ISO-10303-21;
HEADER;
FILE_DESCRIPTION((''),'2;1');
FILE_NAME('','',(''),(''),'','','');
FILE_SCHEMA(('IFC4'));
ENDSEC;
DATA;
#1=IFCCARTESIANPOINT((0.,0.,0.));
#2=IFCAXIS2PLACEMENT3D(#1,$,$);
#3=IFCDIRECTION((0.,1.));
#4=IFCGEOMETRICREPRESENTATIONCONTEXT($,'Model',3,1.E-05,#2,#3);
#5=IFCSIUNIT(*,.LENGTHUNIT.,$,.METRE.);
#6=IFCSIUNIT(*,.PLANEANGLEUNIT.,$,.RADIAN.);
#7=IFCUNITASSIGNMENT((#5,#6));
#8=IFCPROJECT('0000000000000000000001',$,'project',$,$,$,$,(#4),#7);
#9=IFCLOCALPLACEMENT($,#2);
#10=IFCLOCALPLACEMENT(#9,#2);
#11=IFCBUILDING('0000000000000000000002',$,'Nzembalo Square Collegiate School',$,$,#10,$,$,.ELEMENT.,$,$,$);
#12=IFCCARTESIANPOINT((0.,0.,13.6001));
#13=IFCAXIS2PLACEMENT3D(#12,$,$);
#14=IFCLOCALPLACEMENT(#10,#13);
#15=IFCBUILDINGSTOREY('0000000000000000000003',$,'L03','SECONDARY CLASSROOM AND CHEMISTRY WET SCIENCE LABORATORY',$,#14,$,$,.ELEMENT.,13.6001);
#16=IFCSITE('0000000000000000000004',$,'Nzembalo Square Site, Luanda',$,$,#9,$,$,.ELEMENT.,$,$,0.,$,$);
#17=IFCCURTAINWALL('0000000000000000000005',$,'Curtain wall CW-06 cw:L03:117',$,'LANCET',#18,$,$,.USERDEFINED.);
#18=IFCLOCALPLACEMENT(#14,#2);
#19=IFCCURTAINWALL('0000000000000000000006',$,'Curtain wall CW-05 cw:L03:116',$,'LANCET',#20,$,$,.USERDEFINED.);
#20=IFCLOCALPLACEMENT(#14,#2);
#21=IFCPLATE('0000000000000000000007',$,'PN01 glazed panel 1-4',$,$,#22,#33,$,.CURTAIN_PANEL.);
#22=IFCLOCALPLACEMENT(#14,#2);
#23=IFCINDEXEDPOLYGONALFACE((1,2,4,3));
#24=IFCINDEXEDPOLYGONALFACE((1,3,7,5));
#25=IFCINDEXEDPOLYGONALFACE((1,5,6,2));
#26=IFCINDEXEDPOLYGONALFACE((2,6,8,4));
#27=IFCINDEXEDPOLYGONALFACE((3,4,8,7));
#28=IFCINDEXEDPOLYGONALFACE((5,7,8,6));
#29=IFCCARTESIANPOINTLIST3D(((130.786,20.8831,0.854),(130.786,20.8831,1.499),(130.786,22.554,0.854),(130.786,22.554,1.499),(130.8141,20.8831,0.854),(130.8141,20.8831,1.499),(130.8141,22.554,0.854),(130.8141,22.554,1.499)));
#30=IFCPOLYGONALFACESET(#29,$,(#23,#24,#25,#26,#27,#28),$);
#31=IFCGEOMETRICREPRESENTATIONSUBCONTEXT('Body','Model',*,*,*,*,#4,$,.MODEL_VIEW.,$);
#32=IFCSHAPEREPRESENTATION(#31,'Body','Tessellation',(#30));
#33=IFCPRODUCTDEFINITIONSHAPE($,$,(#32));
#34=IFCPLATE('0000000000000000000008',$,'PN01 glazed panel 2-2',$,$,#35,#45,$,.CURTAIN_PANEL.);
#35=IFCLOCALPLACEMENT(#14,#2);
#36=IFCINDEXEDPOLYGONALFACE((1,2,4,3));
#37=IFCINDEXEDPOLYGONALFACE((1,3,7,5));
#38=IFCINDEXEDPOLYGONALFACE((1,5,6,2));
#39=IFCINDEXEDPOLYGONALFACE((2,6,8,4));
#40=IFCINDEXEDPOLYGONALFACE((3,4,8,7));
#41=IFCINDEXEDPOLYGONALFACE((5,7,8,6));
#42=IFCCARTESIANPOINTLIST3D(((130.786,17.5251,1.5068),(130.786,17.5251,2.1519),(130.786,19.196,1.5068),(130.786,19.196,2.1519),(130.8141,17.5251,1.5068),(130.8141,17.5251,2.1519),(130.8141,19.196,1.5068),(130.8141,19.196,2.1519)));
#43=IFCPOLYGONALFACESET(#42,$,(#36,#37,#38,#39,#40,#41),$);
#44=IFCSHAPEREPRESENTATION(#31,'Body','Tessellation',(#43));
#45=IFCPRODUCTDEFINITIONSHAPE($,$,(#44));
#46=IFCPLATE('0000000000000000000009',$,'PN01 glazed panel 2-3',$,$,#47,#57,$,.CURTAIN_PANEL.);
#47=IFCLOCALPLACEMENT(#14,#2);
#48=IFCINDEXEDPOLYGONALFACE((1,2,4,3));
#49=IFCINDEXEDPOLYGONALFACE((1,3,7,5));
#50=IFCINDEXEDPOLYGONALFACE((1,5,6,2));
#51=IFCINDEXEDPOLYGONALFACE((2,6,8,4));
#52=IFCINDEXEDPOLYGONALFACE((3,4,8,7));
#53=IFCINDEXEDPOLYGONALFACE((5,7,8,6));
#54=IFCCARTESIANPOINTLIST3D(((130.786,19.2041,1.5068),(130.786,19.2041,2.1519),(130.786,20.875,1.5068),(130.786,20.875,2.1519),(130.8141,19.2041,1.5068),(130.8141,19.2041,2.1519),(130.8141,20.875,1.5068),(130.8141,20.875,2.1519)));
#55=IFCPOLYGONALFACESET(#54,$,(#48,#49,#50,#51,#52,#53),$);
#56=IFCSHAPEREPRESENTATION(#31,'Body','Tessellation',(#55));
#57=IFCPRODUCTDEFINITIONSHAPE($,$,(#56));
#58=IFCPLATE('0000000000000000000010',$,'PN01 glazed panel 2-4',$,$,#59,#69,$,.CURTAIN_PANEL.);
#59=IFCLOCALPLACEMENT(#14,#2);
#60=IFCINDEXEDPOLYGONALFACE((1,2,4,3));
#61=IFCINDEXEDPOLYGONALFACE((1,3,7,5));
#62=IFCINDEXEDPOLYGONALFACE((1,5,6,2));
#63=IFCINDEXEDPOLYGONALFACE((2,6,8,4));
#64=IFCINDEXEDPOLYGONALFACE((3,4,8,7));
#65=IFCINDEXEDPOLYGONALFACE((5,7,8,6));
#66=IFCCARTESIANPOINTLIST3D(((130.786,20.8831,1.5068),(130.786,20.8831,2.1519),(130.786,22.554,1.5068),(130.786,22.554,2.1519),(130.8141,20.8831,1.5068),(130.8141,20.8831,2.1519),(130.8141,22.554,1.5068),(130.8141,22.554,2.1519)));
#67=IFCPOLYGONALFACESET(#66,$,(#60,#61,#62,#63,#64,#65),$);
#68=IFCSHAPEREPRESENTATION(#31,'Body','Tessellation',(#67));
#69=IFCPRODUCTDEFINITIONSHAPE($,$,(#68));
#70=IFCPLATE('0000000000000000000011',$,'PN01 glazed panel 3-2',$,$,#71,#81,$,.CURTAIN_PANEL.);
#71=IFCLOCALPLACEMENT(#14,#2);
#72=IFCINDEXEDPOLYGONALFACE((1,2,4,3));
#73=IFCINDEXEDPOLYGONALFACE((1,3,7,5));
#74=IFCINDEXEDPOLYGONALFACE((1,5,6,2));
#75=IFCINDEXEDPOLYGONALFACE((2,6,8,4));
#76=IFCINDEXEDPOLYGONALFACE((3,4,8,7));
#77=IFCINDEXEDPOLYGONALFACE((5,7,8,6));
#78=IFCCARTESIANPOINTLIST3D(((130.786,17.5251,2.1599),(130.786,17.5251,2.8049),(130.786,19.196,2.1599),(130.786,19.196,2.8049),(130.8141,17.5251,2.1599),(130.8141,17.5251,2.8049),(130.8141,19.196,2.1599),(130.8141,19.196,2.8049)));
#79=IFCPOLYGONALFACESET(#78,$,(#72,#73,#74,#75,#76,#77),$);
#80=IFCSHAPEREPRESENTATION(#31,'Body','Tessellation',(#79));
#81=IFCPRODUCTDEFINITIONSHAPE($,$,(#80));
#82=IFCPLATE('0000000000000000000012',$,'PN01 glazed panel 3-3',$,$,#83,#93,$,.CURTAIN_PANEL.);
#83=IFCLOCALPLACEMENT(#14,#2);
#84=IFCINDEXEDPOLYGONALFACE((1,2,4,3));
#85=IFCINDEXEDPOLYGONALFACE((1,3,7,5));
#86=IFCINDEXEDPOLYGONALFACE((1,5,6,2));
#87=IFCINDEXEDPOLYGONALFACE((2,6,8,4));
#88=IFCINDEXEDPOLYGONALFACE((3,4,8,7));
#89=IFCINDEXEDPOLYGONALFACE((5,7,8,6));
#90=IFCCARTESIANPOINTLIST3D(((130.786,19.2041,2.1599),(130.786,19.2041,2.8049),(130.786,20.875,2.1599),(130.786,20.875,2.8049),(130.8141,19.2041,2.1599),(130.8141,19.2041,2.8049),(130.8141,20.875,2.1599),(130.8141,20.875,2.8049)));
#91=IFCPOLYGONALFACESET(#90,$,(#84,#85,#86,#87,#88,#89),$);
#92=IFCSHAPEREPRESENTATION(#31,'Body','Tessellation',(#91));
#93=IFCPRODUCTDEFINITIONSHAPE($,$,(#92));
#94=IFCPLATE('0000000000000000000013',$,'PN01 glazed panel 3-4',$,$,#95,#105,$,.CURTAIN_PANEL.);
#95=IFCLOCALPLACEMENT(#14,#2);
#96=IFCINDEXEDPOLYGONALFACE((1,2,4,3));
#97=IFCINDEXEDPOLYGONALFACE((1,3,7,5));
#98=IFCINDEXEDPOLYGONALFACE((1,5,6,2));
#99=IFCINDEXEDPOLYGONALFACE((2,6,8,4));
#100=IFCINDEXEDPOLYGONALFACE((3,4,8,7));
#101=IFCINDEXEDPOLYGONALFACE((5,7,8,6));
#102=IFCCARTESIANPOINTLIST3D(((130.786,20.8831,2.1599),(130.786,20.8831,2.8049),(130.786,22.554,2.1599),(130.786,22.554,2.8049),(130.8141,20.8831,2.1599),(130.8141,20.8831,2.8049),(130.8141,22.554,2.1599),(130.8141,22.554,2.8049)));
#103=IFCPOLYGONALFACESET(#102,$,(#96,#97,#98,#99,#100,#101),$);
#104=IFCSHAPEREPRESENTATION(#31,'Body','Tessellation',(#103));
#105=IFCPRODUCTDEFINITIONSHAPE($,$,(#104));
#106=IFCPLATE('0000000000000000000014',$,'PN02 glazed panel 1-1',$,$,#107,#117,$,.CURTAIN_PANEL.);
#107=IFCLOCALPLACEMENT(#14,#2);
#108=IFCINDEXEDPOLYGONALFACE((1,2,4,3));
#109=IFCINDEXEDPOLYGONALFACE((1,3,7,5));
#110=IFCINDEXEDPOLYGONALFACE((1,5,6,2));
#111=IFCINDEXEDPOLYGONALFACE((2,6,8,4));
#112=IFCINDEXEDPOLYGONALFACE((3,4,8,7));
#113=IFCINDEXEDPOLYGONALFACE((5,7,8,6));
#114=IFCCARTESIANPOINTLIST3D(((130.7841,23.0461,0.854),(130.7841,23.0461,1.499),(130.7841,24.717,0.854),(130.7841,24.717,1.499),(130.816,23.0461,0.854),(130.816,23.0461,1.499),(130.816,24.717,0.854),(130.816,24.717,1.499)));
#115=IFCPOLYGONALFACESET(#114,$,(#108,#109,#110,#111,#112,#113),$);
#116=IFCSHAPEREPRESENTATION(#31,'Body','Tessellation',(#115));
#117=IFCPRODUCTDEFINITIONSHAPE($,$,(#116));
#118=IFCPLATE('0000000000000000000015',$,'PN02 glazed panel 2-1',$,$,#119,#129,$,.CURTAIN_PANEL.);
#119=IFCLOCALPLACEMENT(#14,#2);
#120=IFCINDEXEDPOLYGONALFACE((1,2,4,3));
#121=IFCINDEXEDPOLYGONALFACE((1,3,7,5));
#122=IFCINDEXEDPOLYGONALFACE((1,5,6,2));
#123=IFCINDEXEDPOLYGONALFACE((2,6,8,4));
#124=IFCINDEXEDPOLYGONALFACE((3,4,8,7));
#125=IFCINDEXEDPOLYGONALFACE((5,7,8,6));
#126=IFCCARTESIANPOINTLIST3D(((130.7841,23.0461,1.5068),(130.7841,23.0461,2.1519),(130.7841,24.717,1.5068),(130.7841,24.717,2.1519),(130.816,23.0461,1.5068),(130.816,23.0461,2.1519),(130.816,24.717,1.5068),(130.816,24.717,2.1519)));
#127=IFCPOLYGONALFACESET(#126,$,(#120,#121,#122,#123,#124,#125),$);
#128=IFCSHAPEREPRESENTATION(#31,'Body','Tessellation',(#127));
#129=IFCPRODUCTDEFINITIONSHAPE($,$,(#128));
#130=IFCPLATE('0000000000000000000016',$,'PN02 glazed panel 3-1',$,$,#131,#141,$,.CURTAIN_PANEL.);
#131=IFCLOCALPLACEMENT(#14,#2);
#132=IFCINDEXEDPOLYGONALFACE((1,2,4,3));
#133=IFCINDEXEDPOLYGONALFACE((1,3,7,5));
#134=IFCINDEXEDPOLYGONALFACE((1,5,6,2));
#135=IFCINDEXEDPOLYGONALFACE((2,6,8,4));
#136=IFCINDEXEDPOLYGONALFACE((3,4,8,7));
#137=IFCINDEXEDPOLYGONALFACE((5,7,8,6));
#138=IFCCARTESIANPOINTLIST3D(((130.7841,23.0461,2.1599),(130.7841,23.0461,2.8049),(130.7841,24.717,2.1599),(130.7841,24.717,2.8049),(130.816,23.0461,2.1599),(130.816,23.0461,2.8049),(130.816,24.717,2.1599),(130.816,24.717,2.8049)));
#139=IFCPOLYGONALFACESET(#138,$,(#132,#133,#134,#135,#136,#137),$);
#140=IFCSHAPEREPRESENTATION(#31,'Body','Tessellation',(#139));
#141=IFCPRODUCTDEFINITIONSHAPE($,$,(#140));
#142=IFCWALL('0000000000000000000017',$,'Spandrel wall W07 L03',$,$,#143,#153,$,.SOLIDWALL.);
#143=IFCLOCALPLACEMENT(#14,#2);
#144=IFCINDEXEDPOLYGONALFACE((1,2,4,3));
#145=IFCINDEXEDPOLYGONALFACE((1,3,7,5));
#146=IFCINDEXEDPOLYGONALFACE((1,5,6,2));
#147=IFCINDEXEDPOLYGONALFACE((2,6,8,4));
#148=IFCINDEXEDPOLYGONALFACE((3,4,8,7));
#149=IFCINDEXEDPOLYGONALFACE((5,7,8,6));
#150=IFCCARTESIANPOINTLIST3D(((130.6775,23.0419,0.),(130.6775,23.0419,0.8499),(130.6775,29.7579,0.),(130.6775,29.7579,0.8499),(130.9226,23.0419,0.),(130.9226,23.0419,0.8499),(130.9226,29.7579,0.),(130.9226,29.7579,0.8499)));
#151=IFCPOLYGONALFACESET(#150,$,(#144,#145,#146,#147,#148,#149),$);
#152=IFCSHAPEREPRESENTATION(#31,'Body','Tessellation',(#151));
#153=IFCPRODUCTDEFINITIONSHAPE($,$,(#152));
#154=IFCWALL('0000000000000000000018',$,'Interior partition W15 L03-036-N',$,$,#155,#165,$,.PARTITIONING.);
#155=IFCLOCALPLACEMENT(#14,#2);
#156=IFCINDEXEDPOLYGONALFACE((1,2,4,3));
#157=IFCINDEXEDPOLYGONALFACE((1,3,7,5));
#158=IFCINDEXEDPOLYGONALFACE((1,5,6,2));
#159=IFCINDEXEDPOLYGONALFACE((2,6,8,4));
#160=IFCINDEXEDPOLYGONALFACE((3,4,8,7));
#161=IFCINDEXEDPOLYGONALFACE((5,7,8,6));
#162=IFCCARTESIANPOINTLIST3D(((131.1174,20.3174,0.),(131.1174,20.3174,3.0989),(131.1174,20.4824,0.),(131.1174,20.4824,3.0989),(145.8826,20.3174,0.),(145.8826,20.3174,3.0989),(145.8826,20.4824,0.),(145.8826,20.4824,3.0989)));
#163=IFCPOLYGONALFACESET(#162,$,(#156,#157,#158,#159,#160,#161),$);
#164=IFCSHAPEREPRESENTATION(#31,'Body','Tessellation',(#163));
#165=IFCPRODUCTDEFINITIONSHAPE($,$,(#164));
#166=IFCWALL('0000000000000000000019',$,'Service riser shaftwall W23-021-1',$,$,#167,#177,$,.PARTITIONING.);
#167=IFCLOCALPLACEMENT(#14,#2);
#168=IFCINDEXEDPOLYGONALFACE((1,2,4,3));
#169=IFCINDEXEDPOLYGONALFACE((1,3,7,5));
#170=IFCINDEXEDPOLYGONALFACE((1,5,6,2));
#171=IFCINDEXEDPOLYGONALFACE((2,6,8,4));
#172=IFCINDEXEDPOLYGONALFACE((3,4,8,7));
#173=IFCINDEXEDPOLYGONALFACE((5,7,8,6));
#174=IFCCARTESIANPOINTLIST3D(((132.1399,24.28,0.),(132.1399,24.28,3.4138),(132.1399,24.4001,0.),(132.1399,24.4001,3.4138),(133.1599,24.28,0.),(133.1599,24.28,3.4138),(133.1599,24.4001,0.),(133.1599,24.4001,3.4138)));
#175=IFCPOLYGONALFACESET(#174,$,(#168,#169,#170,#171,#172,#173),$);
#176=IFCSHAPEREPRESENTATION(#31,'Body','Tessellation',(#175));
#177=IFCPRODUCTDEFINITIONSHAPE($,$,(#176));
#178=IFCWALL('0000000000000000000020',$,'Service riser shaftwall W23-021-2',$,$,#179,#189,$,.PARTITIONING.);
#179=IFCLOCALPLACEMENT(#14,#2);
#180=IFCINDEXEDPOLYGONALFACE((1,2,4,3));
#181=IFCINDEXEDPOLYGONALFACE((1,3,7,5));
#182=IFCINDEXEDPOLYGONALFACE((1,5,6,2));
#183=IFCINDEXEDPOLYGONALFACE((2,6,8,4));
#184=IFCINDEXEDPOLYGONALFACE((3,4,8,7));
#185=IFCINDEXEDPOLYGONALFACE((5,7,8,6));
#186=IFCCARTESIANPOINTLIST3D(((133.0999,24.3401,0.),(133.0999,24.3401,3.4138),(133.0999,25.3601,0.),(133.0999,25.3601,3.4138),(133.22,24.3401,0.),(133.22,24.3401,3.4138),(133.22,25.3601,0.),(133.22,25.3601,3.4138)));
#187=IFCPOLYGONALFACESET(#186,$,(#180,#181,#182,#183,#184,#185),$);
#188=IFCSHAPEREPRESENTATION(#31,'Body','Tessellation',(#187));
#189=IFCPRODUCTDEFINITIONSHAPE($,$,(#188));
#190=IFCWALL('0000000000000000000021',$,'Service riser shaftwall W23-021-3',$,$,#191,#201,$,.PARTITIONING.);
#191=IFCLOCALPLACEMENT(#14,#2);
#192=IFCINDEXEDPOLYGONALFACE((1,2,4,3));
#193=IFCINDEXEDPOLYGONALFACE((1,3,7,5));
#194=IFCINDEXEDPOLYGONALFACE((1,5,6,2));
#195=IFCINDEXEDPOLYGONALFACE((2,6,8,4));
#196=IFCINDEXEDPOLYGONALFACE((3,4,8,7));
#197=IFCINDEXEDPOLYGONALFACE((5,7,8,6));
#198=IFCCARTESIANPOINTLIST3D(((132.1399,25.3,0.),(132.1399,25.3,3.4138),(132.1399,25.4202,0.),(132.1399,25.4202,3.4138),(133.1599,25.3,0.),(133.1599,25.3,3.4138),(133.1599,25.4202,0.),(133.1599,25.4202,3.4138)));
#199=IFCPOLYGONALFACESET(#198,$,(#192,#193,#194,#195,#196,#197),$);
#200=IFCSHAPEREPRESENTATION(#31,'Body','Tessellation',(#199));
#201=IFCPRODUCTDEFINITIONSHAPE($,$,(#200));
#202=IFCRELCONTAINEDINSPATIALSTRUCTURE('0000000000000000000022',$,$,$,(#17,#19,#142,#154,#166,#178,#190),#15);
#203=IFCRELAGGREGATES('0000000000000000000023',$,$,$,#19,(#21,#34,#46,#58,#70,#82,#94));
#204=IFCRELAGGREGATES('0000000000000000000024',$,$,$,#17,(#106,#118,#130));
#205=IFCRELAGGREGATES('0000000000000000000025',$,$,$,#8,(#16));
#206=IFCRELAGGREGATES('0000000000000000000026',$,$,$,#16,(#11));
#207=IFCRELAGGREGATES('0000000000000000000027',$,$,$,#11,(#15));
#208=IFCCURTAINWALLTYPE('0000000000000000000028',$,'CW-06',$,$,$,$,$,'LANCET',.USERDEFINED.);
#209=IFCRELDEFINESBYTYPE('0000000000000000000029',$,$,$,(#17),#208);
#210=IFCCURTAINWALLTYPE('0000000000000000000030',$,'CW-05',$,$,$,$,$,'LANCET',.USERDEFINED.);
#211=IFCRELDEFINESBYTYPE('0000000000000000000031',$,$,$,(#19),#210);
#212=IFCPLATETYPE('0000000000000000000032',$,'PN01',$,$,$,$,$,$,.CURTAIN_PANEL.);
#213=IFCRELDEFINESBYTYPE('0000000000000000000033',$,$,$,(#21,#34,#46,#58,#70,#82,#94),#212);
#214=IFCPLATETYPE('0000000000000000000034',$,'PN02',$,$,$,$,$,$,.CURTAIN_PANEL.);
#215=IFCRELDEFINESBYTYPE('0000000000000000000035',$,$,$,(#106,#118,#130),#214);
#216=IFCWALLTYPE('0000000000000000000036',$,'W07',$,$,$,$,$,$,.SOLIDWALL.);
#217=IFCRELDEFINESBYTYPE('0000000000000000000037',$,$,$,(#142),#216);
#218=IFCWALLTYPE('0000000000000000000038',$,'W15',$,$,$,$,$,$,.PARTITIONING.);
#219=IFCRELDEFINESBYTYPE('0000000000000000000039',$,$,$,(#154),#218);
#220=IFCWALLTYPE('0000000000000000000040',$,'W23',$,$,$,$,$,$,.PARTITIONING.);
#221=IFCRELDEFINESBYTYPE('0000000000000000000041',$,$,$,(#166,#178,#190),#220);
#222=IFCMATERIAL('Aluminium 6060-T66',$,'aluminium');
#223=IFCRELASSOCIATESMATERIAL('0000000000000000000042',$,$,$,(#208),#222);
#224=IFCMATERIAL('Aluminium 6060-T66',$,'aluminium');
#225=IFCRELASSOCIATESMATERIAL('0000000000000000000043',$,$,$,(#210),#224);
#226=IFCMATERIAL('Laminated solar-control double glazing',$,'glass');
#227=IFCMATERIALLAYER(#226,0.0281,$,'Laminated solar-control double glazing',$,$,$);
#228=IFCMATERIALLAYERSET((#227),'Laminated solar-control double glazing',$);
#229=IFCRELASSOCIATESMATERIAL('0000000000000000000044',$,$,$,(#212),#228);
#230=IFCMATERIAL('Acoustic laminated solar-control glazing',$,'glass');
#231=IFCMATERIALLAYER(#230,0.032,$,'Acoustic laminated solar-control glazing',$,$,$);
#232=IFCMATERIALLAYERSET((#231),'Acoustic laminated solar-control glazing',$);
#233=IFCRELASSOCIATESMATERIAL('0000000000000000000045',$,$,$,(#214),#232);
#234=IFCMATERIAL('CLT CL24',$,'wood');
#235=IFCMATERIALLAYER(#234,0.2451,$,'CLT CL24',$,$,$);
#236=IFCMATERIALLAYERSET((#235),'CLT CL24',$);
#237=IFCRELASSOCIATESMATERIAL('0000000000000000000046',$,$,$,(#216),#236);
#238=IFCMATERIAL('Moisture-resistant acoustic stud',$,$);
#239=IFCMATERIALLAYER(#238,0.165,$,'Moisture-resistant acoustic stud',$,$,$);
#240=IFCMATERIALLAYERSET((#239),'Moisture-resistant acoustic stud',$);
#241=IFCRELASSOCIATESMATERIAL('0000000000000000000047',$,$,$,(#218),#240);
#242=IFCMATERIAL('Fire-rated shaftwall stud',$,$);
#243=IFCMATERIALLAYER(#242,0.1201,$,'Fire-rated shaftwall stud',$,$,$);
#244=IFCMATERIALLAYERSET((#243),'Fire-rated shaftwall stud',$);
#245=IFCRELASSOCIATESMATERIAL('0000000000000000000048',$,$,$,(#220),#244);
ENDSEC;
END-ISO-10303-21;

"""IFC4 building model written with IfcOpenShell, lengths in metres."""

from ifc_helpers import new_model, si_unit, direction, frame, frame_2d, origin, origin_2d, place, context, subcontext, project, spatial, rectangle, extrude, material, layer, layer_set, type_object, element, aggregate, save


model = new_model("IFC4")

# Units and contexts
model_context = context("Model", 3, precision=1e-05, world=origin(), true_north=direction((0.0, 1.0)))
body_context = subcontext(model_context, "Body", "Model", "MODEL_VIEW")
ifc_project = project(units=[si_unit("LENGTHUNIT", "METRE"), si_unit("PLANEANGLEUNIT", "RADIAN")], contexts=[model_context])

# Site, building, storey
site_placement = place(None, origin())
site = spatial("IfcSite", under=ifc_project, at=site_placement, Name="Nzembalo Square Site, Luanda", CompositionType="ELEMENT", RefElevation=0.0)
building_placement = place(site_placement, origin())
building = spatial("IfcBuilding", under=site, at=building_placement, Name="Nzembalo Square Collegiate School", CompositionType="ELEMENT")
storey_placement = place(building_placement, frame((0.0, 0.0, 13.6001)))
storey = spatial("IfcBuildingStorey", under=building, at=storey_placement, Name="L03", Description="SECONDARY CLASSROOM AND CHEMISTRY WET SCIENCE LABORATORY", CompositionType="ELEMENT", Elevation=13.6001)

# Curtain walls
ifc_material_1 = material(Name="Aluminium 6060-T66", Category="aluminium")
curtain_wall_type_1 = type_object("IfcCurtainWallType", Name="CW-06", ElementType="LANCET", PredefinedType="USERDEFINED", material=ifc_material_1)
curtain_wall_1_placement = place(storey_placement, origin())
curtain_wall_1 = element("IfcCurtainWall", 1, at=curtain_wall_1_placement, inside=storey, type_object=curtain_wall_type_1, Name="Curtain wall CW-06 cw:L03:117", ObjectType="LANCET", PredefinedType="USERDEFINED")
ifc_material_2 = material(Name="Aluminium 6060-T66", Category="aluminium")
curtain_wall_type_2 = type_object("IfcCurtainWallType", Name="CW-05", ElementType="LANCET", PredefinedType="USERDEFINED", material=ifc_material_2)
curtain_wall_2_placement = place(storey_placement, origin())
curtain_wall_2 = element("IfcCurtainWall", 2, at=curtain_wall_2_placement, inside=storey, type_object=curtain_wall_type_2, Name="Curtain wall CW-05 cw:L03:116", ObjectType="LANCET", PredefinedType="USERDEFINED")

# Plates
ifc_material_3 = material(Name="Laminated solar-control double glazing", Category="glass")
ifc_layer_1 = layer(ifc_material_3, 0.0281, Name="Laminated solar-control double glazing")
ifc_layer_set_1 = layer_set([ifc_layer_1], Name="Laminated solar-control double glazing")
plate_type_1 = type_object("IfcPlateType", Name="PN01", PredefinedType="CURTAIN_PANEL", material=ifc_layer_set_1)
plate_1_placement = place(storey_placement, frame((130.8, 21.7185, 0.854), z_axis=(0.0, 0.0, 1.0), x_axis=(0.0, 1.0, 0.0)))
plate_1 = element("IfcPlate", 3, at=plate_1_placement, type_object=plate_type_1, Name="PN01 glazed panel 1-4", PredefinedType="CURTAIN_PANEL", context=body_context, shape_type="SweptSolid", body=[
    extrude(rectangle(XDim=1.6709, YDim=0.0281, at=origin_2d()), origin(), (0.0, 0.0, 1.0), 0.645),
])
plate_2_placement = place(storey_placement, frame((130.8, 18.3606, 1.5068), z_axis=(0.0, 0.0, 1.0), x_axis=(0.0, 1.0, 0.0)))
plate_2 = element("IfcPlate", 4, at=plate_2_placement, type_object=plate_type_1, Name="PN01 glazed panel 2-2", PredefinedType="CURTAIN_PANEL", context=body_context, shape_type="SweptSolid", body=[
    extrude(rectangle(XDim=1.6709, YDim=0.0281, at=origin_2d()), origin(), (0.0, 0.0, 1.0), 0.645),
])
plate_3_placement = place(storey_placement, frame((130.8, 20.0396, 1.5068), z_axis=(0.0, 0.0, 1.0), x_axis=(0.0, 1.0, 0.0)))
plate_3 = element("IfcPlate", 5, at=plate_3_placement, type_object=plate_type_1, Name="PN01 glazed panel 2-3", PredefinedType="CURTAIN_PANEL", context=body_context, shape_type="SweptSolid", body=[
    extrude(rectangle(XDim=1.6709, YDim=0.0281, at=origin_2d()), origin(), (0.0, 0.0, 1.0), 0.645),
])
plate_4_placement = place(storey_placement, frame((130.8, 21.7185, 1.5068), z_axis=(0.0, 0.0, 1.0), x_axis=(0.0, 1.0, 0.0)))
plate_4 = element("IfcPlate", 6, at=plate_4_placement, type_object=plate_type_1, Name="PN01 glazed panel 2-4", PredefinedType="CURTAIN_PANEL", context=body_context, shape_type="SweptSolid", body=[
    extrude(rectangle(XDim=1.6709, YDim=0.0281, at=origin_2d()), origin(), (0.0, 0.0, 1.0), 0.645),
])
plate_5_placement = place(storey_placement, frame((130.8, 18.3606, 2.1599), z_axis=(0.0, 0.0, 1.0), x_axis=(0.0, 1.0, 0.0)))
plate_5 = element("IfcPlate", 7, at=plate_5_placement, type_object=plate_type_1, Name="PN01 glazed panel 3-2", PredefinedType="CURTAIN_PANEL", context=body_context, shape_type="SweptSolid", body=[
    extrude(rectangle(XDim=1.6709, YDim=0.0281, at=origin_2d()), origin(), (0.0, 0.0, 1.0), 0.645),
])
plate_6_placement = place(storey_placement, frame((130.8, 20.0396, 2.1599), z_axis=(0.0, 0.0, 1.0), x_axis=(0.0, 1.0, 0.0)))
plate_6 = element("IfcPlate", 8, at=plate_6_placement, type_object=plate_type_1, Name="PN01 glazed panel 3-3", PredefinedType="CURTAIN_PANEL", context=body_context, shape_type="SweptSolid", body=[
    extrude(rectangle(XDim=1.6709, YDim=0.0281, at=origin_2d()), origin(), (0.0, 0.0, 1.0), 0.645),
])
plate_7_placement = place(storey_placement, frame((130.8, 21.7185, 2.1599), z_axis=(0.0, 0.0, 1.0), x_axis=(0.0, 1.0, 0.0)))
plate_7 = element("IfcPlate", 9, at=plate_7_placement, type_object=plate_type_1, Name="PN01 glazed panel 3-4", PredefinedType="CURTAIN_PANEL", context=body_context, shape_type="SweptSolid", body=[
    extrude(rectangle(XDim=1.6709, YDim=0.0281, at=origin_2d()), origin(), (0.0, 0.0, 1.0), 0.645),
])
aggregate(curtain_wall_2, [plate_1, plate_2, plate_3, plate_4, plate_5, plate_6, plate_7])
ifc_material_4 = material(Name="Acoustic laminated solar-control glazing", Category="glass")
ifc_layer_2 = layer(ifc_material_4, 0.032, Name="Acoustic laminated solar-control glazing")
ifc_layer_set_2 = layer_set([ifc_layer_2], Name="Acoustic laminated solar-control glazing")
plate_type_2 = type_object("IfcPlateType", Name="PN02", PredefinedType="CURTAIN_PANEL", material=ifc_layer_set_2)
plate_8_placement = place(storey_placement, frame((130.8, 23.8816, 0.854), z_axis=(0.0, 0.0, 1.0), x_axis=(0.0, 1.0, 0.0)))
plate_8 = element("IfcPlate", 10, at=plate_8_placement, type_object=plate_type_2, Name="PN02 glazed panel 1-1", PredefinedType="CURTAIN_PANEL", context=body_context, shape_type="SweptSolid", body=[
    extrude(rectangle(XDim=1.6709, YDim=0.032, at=origin_2d()), origin(), (0.0, 0.0, 1.0), 0.645),
])
plate_9_placement = place(storey_placement, frame((130.8, 23.8816, 1.5068), z_axis=(0.0, 0.0, 1.0), x_axis=(0.0, 1.0, 0.0)))
plate_9 = element("IfcPlate", 11, at=plate_9_placement, type_object=plate_type_2, Name="PN02 glazed panel 2-1", PredefinedType="CURTAIN_PANEL", context=body_context, shape_type="SweptSolid", body=[
    extrude(rectangle(XDim=1.6709, YDim=0.032, at=origin_2d()), origin(), (0.0, 0.0, 1.0), 0.645),
])
plate_10_placement = place(storey_placement, frame((130.8, 23.8816, 2.1599), z_axis=(0.0, 0.0, 1.0), x_axis=(0.0, 1.0, 0.0)))
plate_10 = element("IfcPlate", 12, at=plate_10_placement, type_object=plate_type_2, Name="PN02 glazed panel 3-1", PredefinedType="CURTAIN_PANEL", context=body_context, shape_type="SweptSolid", body=[
    extrude(rectangle(XDim=1.6709, YDim=0.032, at=origin_2d()), origin(), (0.0, 0.0, 1.0), 0.645),
])
aggregate(curtain_wall_1, [plate_8, plate_9, plate_10])

# Walls
ifc_material_5 = material(Name="CLT CL24", Category="wood")
ifc_layer_3 = layer(ifc_material_5, 0.2451, Name="CLT CL24")
ifc_layer_set_3 = layer_set([ifc_layer_3], Name="CLT CL24")
wall_type_1 = type_object("IfcWallType", Name="W07", PredefinedType="SOLIDWALL", material=ifc_layer_set_3)
wall_1_placement = place(storey_placement, frame((130.8, 23.042, 0.0), z_axis=(0.0, 0.0, 1.0), x_axis=(0.0, 1.0, 0.0)))
element("IfcWall", 13, at=wall_1_placement, inside=storey, type_object=wall_type_1, Name="Spandrel wall W07 L03", PredefinedType="SOLIDWALL", context=body_context, shape_type="SweptSolid", body=[
    extrude(rectangle(XDim=6.7161, YDim=0.2451, at=frame_2d((3.3579, 0.0))), origin(), (0.0, 0.0, 1.0), 0.8499),
])
ifc_material_6 = material(Name="Moisture-resistant acoustic stud")
ifc_layer_4 = layer(ifc_material_6, 0.165, Name="Moisture-resistant acoustic stud")
ifc_layer_set_4 = layer_set([ifc_layer_4], Name="Moisture-resistant acoustic stud")
wall_type_2 = type_object("IfcWallType", Name="W15", PredefinedType="PARTITIONING", material=ifc_layer_set_4)
wall_2_placement = place(storey_placement, frame((131.1174, 20.3999, 0.0), z_axis=(0.0, 0.0, 1.0), x_axis=(1.0, 0.0, 0.0)))
element("IfcWall", 14, at=wall_2_placement, inside=storey, type_object=wall_type_2, Name="Interior partition W15 L03-036-N", PredefinedType="PARTITIONING", context=body_context, shape_type="SweptSolid", body=[
    extrude(rectangle(XDim=14.7651, YDim=0.165, at=frame_2d((7.3826, 0.0))), origin(), (0.0, 0.0, 1.0), 3.0989),
])
ifc_material_7 = material(Name="Fire-rated shaftwall stud")
ifc_layer_5 = layer(ifc_material_7, 0.1201, Name="Fire-rated shaftwall stud")
ifc_layer_set_5 = layer_set([ifc_layer_5], Name="Fire-rated shaftwall stud")
wall_type_3 = type_object("IfcWallType", Name="W23", PredefinedType="PARTITIONING", material=ifc_layer_set_5)
for number, where, z_axis, x_axis, name in (
    (15, (132.1399, 24.3401, 0.0), (0.0, 0.0, 1.0), (1.0, 0.0, 0.0), "Service riser shaftwall W23-021-1"),
    (16, (133.1599, 24.3401, 0.0), (0.0, 0.0, 1.0), (0.0, 1.0, 0.0), "Service riser shaftwall W23-021-2"),
    (17, (133.1599, 25.3601, 0.0), (0.0, 0.0, 1.0), (-1.0, 0.0, 0.0), "Service riser shaftwall W23-021-3"),
):
    element("IfcWall", number, at=place(storey_placement, frame(where, z_axis=z_axis, x_axis=x_axis)), inside=storey, type_object=wall_type_3, Name=name, PredefinedType="PARTITIONING", context=body_context, shape_type="SweptSolid", body=[
        extrude(rectangle(XDim=1.02, YDim=0.1201, at=frame_2d((0.51, 0.0))), origin(), (0.0, 0.0, 1.0), 3.4138),
    ])

save(model, "model.ifc")
